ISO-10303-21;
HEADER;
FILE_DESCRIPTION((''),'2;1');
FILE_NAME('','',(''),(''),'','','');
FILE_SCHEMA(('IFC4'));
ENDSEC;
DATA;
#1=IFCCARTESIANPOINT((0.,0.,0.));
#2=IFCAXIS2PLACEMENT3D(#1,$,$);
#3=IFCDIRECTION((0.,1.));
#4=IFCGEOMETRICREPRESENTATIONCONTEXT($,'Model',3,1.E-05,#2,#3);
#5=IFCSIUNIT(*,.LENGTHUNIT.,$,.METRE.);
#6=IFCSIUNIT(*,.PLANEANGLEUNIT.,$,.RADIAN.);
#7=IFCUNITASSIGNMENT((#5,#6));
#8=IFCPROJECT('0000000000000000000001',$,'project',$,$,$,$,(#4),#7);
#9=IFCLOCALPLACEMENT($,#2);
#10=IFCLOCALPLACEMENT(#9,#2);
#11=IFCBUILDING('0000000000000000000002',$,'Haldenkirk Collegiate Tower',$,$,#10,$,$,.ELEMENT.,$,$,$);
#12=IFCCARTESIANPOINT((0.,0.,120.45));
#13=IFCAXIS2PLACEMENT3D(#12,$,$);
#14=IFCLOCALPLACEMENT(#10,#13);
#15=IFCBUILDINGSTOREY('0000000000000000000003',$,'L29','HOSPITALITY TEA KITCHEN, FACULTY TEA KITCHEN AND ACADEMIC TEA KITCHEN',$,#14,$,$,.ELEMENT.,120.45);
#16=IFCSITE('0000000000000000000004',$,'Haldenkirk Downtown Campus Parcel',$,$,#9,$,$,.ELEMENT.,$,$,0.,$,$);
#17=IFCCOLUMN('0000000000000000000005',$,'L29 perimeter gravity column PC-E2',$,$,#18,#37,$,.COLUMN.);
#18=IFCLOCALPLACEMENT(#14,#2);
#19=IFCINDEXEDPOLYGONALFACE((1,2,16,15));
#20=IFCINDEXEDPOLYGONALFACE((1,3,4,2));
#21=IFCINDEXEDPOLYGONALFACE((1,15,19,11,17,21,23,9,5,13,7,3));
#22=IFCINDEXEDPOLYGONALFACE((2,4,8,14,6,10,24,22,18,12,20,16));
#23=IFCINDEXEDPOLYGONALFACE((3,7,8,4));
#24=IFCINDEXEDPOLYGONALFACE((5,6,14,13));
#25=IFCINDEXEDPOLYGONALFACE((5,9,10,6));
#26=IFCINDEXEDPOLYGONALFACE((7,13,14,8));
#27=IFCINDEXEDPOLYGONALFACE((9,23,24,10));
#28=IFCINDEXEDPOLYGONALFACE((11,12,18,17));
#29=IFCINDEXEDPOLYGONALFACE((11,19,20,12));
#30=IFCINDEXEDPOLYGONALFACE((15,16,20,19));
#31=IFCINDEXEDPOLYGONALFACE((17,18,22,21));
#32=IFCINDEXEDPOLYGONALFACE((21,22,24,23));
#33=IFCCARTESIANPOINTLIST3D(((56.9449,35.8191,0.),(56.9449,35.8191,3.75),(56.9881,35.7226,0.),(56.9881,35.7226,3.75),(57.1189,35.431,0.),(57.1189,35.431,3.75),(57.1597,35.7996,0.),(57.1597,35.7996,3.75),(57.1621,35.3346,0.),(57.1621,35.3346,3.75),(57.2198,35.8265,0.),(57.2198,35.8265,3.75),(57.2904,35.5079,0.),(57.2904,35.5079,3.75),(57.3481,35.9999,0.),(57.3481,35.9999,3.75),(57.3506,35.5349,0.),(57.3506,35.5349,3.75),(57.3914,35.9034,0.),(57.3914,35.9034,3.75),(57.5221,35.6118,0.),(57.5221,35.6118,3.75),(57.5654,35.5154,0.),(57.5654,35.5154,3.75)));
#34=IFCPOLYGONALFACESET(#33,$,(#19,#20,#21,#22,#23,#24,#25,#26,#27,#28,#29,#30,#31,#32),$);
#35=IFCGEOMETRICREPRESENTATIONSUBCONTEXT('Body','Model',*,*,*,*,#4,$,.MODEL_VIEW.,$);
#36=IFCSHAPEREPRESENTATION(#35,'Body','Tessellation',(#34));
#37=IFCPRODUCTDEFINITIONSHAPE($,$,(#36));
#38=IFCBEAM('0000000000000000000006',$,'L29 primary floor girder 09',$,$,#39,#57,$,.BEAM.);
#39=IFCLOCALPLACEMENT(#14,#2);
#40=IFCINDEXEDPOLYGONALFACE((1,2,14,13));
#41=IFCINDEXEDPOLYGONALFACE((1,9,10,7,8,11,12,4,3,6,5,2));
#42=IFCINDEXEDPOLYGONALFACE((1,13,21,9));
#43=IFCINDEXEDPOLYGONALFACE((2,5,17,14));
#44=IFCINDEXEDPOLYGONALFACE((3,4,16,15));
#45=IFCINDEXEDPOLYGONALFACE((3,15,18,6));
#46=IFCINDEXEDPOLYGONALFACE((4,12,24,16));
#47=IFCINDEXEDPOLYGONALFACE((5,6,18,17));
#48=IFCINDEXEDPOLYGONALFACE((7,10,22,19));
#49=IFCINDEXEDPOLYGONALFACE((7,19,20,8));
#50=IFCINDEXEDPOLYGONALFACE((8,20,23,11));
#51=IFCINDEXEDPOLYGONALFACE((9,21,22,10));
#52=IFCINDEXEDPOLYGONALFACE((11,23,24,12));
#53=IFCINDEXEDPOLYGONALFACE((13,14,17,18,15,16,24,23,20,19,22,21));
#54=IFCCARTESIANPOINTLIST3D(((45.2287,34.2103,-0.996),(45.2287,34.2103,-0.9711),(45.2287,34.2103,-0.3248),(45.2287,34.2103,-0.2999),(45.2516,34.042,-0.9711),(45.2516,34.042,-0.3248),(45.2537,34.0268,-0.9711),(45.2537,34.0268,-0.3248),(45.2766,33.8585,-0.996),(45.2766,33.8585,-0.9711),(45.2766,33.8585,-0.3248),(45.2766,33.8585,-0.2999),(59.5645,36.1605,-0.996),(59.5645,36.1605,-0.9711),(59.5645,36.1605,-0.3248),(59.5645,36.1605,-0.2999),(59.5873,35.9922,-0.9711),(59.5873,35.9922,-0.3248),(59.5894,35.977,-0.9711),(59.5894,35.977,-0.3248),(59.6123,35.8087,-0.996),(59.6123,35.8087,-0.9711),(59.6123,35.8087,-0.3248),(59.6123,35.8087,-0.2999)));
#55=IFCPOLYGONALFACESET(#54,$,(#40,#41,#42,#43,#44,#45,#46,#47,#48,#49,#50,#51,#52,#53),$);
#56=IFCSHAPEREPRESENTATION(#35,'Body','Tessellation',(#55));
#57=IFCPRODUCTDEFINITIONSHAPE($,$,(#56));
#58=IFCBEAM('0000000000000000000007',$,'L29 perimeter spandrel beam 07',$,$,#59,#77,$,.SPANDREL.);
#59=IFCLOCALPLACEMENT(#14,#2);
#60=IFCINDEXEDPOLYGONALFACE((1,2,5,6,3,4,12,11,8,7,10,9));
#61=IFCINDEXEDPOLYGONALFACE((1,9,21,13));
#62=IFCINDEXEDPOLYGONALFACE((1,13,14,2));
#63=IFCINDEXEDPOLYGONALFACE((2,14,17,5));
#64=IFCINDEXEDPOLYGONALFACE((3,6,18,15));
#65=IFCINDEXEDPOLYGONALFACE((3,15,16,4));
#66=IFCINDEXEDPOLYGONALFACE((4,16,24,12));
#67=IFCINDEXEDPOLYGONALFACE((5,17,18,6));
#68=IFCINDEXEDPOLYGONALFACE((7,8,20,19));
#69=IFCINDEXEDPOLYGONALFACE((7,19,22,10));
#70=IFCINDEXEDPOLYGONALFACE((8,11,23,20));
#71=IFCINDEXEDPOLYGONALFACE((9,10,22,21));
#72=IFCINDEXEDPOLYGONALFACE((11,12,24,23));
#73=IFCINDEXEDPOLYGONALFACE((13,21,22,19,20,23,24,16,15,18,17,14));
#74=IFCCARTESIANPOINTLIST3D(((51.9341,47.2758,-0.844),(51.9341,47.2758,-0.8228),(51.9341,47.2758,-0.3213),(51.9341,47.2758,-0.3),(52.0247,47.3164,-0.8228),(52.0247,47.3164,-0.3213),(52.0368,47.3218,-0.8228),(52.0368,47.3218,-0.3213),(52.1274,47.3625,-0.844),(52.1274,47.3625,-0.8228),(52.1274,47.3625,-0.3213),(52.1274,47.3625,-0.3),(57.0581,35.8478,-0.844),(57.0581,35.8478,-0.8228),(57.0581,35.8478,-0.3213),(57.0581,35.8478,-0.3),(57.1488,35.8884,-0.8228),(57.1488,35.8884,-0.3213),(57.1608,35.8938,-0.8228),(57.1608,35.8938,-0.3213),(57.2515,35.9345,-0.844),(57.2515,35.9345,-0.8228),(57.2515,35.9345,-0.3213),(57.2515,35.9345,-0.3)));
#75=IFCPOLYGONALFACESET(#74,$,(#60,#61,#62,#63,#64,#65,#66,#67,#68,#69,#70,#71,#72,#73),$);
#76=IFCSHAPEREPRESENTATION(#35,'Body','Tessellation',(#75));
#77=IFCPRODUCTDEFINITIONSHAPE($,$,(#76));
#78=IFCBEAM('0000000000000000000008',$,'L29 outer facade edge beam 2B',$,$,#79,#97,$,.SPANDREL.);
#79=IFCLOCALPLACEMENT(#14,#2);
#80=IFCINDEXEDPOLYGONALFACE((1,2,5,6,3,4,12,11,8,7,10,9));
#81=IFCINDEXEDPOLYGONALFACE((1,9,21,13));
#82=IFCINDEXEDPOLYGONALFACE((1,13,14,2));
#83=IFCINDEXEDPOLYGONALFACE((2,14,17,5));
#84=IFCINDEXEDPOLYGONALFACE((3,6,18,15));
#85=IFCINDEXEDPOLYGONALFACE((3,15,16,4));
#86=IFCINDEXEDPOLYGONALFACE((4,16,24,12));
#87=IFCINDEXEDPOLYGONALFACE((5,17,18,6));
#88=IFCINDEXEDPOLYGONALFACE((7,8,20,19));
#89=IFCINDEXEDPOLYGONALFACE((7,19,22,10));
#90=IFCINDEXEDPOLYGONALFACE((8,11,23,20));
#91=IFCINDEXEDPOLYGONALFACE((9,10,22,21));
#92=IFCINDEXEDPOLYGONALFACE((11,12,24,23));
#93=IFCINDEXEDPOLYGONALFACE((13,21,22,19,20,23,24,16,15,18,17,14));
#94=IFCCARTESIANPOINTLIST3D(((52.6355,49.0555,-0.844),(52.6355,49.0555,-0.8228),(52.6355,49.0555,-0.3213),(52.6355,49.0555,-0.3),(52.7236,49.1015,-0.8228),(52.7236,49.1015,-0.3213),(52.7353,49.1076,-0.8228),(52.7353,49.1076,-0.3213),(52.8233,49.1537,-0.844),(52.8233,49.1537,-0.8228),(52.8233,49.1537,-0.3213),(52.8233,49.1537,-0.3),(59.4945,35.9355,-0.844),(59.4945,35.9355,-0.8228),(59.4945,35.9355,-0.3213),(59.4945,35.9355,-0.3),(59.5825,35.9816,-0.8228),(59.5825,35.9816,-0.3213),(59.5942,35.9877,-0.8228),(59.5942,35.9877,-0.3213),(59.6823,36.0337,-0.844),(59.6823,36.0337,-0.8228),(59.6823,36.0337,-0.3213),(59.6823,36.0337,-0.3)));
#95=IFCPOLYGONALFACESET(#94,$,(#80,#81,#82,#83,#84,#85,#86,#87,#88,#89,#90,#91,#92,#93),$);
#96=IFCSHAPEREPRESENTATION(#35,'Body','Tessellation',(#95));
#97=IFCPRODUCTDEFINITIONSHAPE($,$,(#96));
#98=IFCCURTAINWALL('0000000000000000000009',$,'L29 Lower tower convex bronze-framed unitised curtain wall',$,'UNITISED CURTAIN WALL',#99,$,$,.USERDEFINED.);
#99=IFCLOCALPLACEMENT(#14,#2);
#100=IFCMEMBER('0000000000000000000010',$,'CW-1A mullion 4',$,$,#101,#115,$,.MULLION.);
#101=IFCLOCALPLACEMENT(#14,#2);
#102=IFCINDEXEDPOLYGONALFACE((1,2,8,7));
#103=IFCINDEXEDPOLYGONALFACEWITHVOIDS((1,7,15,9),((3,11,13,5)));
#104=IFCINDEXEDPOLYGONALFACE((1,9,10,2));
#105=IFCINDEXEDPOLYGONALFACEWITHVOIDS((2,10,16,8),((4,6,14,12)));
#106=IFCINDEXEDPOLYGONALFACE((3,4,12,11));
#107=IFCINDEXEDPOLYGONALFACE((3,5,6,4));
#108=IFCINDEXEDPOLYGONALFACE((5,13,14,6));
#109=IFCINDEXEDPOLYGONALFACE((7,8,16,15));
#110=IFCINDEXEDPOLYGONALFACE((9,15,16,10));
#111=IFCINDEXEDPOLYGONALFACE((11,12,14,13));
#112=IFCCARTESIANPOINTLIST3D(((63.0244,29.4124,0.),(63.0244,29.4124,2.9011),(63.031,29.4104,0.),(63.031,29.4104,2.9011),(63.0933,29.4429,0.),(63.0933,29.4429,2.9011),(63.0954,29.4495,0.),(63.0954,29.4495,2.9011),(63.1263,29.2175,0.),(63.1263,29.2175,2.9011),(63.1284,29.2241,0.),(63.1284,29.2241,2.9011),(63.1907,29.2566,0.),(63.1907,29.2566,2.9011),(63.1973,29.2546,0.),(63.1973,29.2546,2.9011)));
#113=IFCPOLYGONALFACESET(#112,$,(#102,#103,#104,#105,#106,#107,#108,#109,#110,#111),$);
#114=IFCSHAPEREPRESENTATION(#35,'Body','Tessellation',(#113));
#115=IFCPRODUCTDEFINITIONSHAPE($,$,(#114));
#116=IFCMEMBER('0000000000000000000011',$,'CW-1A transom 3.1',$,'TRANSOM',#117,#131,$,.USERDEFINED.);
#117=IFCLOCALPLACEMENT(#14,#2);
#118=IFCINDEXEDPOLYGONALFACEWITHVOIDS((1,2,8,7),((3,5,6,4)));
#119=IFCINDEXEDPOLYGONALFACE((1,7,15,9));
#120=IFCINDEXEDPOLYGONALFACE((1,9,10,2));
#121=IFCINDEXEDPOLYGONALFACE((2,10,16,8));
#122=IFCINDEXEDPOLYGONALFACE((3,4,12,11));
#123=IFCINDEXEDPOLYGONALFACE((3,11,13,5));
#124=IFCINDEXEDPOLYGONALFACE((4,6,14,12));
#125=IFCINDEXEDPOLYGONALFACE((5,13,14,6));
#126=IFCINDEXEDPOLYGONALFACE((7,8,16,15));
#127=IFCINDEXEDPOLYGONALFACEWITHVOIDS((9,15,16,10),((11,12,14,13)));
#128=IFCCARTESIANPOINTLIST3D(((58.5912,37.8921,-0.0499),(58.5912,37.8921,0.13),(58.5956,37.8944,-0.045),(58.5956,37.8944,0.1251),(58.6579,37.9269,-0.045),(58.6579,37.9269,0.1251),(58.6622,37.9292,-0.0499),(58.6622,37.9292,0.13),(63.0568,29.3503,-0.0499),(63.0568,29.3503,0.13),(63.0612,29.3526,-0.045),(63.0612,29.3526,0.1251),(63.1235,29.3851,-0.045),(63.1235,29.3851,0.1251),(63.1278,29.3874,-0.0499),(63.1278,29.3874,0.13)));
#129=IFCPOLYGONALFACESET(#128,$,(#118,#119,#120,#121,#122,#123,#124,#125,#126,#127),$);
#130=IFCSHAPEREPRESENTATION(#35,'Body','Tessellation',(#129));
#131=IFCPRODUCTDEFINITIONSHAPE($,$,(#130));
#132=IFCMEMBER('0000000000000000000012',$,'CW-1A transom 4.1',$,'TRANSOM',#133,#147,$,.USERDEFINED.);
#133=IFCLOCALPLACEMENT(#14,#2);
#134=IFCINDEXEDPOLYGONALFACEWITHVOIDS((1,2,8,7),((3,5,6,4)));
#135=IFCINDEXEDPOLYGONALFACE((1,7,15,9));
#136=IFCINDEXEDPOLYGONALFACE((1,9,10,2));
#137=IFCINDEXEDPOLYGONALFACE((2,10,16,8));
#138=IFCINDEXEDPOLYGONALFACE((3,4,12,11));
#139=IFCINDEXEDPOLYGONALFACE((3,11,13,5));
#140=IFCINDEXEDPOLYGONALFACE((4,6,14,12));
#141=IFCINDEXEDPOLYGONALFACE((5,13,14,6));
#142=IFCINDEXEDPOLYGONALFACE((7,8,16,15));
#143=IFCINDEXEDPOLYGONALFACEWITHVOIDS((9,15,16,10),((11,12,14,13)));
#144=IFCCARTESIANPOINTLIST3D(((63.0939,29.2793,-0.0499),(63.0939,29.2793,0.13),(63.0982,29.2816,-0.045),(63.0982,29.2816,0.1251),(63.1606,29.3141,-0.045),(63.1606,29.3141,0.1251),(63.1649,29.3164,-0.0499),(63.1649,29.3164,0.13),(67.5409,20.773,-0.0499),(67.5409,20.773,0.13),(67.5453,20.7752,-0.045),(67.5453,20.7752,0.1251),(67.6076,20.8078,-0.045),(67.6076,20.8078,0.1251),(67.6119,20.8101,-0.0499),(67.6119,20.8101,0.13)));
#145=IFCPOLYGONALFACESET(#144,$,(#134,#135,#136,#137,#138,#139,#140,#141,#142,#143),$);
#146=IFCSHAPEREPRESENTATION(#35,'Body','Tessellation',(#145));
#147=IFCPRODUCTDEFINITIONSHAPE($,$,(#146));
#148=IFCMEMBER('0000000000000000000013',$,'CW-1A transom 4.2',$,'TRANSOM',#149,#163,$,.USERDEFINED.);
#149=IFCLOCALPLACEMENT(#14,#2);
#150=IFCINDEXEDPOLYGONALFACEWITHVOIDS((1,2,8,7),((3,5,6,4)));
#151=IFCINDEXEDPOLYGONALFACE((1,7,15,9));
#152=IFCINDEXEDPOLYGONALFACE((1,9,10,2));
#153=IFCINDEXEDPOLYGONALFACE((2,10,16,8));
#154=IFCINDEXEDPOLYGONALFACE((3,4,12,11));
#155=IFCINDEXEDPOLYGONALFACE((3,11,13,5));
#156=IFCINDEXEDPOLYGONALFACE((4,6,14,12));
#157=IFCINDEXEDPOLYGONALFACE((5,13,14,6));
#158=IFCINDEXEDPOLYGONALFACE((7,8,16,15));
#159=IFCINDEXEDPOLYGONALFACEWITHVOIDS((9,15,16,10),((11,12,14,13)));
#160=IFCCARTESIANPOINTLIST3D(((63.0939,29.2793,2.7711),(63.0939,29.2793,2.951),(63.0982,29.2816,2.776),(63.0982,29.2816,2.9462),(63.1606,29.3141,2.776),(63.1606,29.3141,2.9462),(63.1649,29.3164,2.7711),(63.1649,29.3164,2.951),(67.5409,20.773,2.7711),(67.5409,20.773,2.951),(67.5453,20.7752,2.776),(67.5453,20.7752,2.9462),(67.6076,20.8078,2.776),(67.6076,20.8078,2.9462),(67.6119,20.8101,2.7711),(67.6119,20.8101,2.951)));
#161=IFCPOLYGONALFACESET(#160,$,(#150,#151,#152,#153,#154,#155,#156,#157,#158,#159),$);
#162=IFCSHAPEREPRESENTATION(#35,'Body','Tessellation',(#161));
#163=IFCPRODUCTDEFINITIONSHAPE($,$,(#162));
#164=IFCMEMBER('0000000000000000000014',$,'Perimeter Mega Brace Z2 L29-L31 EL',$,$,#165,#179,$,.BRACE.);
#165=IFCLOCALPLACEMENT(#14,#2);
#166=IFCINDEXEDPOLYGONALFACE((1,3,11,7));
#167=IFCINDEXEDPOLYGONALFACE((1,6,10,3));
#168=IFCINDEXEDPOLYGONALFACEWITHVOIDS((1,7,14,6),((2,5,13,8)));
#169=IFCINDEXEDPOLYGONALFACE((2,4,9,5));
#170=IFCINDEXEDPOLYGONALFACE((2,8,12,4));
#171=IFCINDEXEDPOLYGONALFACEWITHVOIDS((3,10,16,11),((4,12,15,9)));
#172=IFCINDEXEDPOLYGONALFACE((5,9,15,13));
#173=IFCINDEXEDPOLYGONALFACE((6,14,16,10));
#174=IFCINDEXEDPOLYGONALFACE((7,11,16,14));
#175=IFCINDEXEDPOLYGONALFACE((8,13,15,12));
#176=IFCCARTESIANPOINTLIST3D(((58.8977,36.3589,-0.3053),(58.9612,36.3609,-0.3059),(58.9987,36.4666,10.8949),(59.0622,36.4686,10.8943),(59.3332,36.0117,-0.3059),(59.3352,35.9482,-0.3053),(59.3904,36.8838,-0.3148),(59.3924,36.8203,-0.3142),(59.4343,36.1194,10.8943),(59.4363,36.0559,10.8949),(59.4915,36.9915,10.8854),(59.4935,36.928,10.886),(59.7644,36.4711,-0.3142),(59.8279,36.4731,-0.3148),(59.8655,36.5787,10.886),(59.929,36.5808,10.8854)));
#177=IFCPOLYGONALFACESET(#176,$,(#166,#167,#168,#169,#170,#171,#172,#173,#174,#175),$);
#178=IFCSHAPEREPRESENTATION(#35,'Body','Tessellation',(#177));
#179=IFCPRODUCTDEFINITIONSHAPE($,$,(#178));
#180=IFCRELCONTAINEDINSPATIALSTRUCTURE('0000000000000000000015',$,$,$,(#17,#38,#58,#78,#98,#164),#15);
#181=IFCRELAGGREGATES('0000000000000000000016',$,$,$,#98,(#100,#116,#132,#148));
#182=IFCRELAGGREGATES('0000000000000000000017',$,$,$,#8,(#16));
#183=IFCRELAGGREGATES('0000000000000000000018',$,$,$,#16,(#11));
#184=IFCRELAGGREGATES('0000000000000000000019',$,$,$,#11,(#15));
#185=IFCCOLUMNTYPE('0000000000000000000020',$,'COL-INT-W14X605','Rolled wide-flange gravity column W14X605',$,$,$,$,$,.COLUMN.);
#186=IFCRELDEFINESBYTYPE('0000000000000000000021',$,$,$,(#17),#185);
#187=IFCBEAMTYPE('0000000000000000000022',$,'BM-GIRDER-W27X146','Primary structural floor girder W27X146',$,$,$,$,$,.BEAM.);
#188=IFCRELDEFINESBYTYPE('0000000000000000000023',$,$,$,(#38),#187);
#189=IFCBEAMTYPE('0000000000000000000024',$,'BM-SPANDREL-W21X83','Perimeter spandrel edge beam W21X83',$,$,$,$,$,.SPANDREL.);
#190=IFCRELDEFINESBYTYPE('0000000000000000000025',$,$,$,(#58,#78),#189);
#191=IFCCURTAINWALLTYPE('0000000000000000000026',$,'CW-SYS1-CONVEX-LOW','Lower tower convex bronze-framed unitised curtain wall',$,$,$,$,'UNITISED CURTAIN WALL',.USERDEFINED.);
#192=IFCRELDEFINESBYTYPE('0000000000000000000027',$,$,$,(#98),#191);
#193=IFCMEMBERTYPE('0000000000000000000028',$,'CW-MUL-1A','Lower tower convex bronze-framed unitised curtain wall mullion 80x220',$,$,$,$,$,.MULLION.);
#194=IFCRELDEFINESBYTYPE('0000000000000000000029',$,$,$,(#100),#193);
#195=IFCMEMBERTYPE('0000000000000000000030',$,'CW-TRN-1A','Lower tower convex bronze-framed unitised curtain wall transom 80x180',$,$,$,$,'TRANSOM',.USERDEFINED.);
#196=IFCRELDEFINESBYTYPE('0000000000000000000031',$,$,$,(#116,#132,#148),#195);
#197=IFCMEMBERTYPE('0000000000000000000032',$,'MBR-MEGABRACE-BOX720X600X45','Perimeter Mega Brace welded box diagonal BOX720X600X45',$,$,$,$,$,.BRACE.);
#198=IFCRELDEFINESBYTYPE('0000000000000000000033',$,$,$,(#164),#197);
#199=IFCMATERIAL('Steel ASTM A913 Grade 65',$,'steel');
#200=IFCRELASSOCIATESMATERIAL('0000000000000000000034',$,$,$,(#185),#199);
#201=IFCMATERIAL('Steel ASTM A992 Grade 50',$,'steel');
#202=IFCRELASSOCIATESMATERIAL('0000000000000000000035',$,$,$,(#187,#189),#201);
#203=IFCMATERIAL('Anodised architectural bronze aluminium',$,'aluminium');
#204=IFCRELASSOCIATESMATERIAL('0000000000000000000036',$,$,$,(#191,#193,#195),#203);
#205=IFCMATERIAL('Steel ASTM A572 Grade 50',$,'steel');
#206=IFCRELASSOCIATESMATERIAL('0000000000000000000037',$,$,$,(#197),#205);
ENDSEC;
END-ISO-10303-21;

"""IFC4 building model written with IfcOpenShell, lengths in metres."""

from ifc_helpers import new_model, si_unit, direction, frame, origin, origin_2d, place, context, subcontext, project, spatial, hollow_rectangle, i_section, extrude, material, material_profile, profile_set, type_object, element, aggregate, save


model = new_model("IFC4")

# Units and contexts
model_context = context("Model", 3, precision=1e-05, world=origin(), true_north=direction((0.0, 1.0)))
body_context = subcontext(model_context, "Body", "Model", "MODEL_VIEW")
ifc_project = project(units=[si_unit("LENGTHUNIT", "METRE"), si_unit("PLANEANGLEUNIT", "RADIAN")], contexts=[model_context])

# Site, building, storey
site_placement = place(None, origin())
site = spatial("IfcSite", under=ifc_project, at=site_placement, Name="Haldenkirk Downtown Campus Parcel", CompositionType="ELEMENT", RefElevation=0.0)
building_placement = place(site_placement, origin())
building = spatial("IfcBuilding", under=site, at=building_placement, Name="Haldenkirk Collegiate Tower", CompositionType="ELEMENT")
storey_placement = place(building_placement, frame((0.0, 0.0, 120.45)))
storey = spatial("IfcBuildingStorey", under=building, at=storey_placement, Name="L29", Description="HOSPITALITY TEA KITCHEN, FACULTY TEA KITCHEN AND ACADEMIC TEA KITCHEN", CompositionType="ELEMENT", Elevation=120.45)

# Column
ifc_material_1 = material(Name="Steel ASTM A913 Grade 65", Category="steel")
ifc_material_profile_1 = material_profile(ifc_material_1, i_section(OverallWidth=0.4419, OverallDepth=0.531, WebThickness=0.0659, FlangeThickness=0.1057, at=origin_2d()), Name="W14X605")
ifc_profile_set_1 = profile_set([ifc_material_profile_1], Name="Steel ASTM A913 Grade 65")
column_type = type_object("IfcColumnType", Name="COL-INT-W14X605", Description="Rolled wide-flange gravity column W14X605", PredefinedType="COLUMN", material=ifc_profile_set_1)
column_placement = place(storey_placement, frame((57.2551, 35.6672, 0.0), z_axis=(0.0, 0.0, 1.0), x_axis=(0.912477, 0.409127, 0.0)))
element("IfcColumn", 1, at=column_placement, inside=storey, type_object=column_type, Name="L29 perimeter gravity column PC-E2", PredefinedType="COLUMN", context=body_context, shape_type="SweptSolid", body=[
    extrude(i_section(OverallWidth=0.4419, OverallDepth=0.531, WebThickness=0.0659, FlangeThickness=0.1057, at=origin_2d()), origin(), (0.0, 0.0, 1.0), 3.75),
])

# Beams
ifc_material_2 = material(Name="Steel ASTM A992 Grade 50", Category="steel")
ifc_material_profile_2 = material_profile(ifc_material_2, i_section(OverallWidth=0.355, OverallDepth=0.696, WebThickness=0.0154, FlangeThickness=0.0249, at=origin_2d()), Name="W27X146")
ifc_profile_set_2 = profile_set([ifc_material_profile_2], Name="Steel ASTM A992 Grade 50")
beam_type_1 = type_object("IfcBeamType", Name="BM-GIRDER-W27X146", Description="Primary structural floor girder W27X146", PredefinedType="BEAM", material=ifc_profile_set_2)
beam_1_placement = place(storey_placement, frame((59.5884, 35.9846, -0.6479), z_axis=(-0.990873, -0.134796, 0.0), x_axis=(0.134796, -0.990873, 0.0)))
element("IfcBeam", 2, at=beam_1_placement, inside=storey, type_object=beam_type_1, Name="L29 primary floor girder 09", PredefinedType="BEAM", context=body_context, shape_type="SweptSolid", body=[
    extrude(i_section(OverallWidth=0.355, OverallDepth=0.696, WebThickness=0.0154, FlangeThickness=0.0249, at=origin_2d()), origin(), (0.0, 0.0, 1.0), 14.4678),
])
ifc_material_profile_3 = material_profile(ifc_material_2, i_section(OverallWidth=0.2119, OverallDepth=0.5439, WebThickness=0.0132, FlangeThickness=0.0212, at=origin_2d()), Name="W21X83")
ifc_profile_set_3 = profile_set([ifc_material_profile_3], Name="Steel ASTM A992 Grade 50")
beam_type_2 = type_object("IfcBeamType", Name="BM-SPANDREL-W21X83", Description="Perimeter spandrel edge beam W21X83", PredefinedType="SPANDREL", material=ifc_profile_set_3)
beam_2_placement = place(storey_placement, frame((57.1548, 35.8911, -0.572), z_axis=(-0.409131, 0.912475, 0.0), x_axis=(-0.912475, -0.409131, 0.0)))
element("IfcBeam", 3, at=beam_2_placement, inside=storey, type_object=beam_type_2, Name="L29 perimeter spandrel beam 07", PredefinedType="SPANDREL", context=body_context, shape_type="SweptSolid", body=[
    extrude(i_section(OverallWidth=0.2119, OverallDepth=0.5439, WebThickness=0.0132, FlangeThickness=0.0212, at=origin_2d()), origin(), (0.0, 0.0, 1.0), 12.5242),
])
beam_3_placement = place(storey_placement, frame((59.5884, 35.9846, -0.572), z_axis=(-0.463295, 0.886204, 0.0), x_axis=(-0.886204, -0.463295, 0.0)))
element("IfcBeam", 4, at=beam_3_placement, inside=storey, type_object=beam_type_2, Name="L29 outer facade edge beam 2B", PredefinedType="SPANDREL", context=body_context, shape_type="SweptSolid", body=[
    extrude(i_section(OverallWidth=0.2119, OverallDepth=0.5439, WebThickness=0.0132, FlangeThickness=0.0212, at=origin_2d()), origin(), (0.0, 0.0, 1.0), 14.8047),
])

# Curtain wall, members
ifc_material_3 = material(Name="Anodised architectural bronze aluminium", Category="aluminium")
curtain_wall_type = type_object("IfcCurtainWallType", Name="CW-SYS1-CONVEX-LOW", Description="Lower tower convex bronze-framed unitised curtain wall", ElementType="UNITISED CURTAIN WALL", PredefinedType="USERDEFINED", material=ifc_material_3)
curtain_wall_placement = place(storey_placement, origin())
curtain_wall = element("IfcCurtainWall", 5, at=curtain_wall_placement, inside=storey, type_object=curtain_wall_type, Name="L29 Lower tower convex bronze-framed unitised curtain wall", ObjectType="UNITISED CURTAIN WALL", PredefinedType="USERDEFINED")
ifc_material_profile_4 = material_profile(ifc_material_3, hollow_rectangle(XDim=0.0801, YDim=0.22, WallThickness=0.0049, at=origin_2d()), Name="CW-MUL-1A")
ifc_profile_set_4 = profile_set([ifc_material_profile_4], Name="Anodised architectural bronze aluminium")
member_type_1 = type_object("IfcMemberType", Name="CW-MUL-1A", Description="Lower tower convex bronze-framed unitised curtain wall mullion 80x220", PredefinedType="MULLION", material=ifc_profile_set_4)
member_1_placement = place(storey_placement, frame((63.1108, 29.3335, 0.0), z_axis=(0.0, 0.0, 1.0), x_axis=(0.886204, 0.463296, 0.0)))
member_1 = element("IfcMember", 6, at=member_1_placement, type_object=member_type_1, Name="CW-1A mullion 4", PredefinedType="MULLION", context=body_context, shape_type="SweptSolid", body=[
    extrude(hollow_rectangle(XDim=0.0801, YDim=0.22, WallThickness=0.0049, at=origin_2d()), origin(), (0.0, 0.0, 1.0), 2.9011),
])
ifc_material_profile_5 = material_profile(ifc_material_3, hollow_rectangle(XDim=0.0801, YDim=0.1799, WallThickness=0.0049, at=origin_2d()), Name="CW-TRN-1A")
ifc_profile_set_5 = profile_set([ifc_material_profile_5], Name="Anodised architectural bronze aluminium")
member_type_2 = type_object("IfcMemberType", Name="CW-TRN-1A", Description="Lower tower convex bronze-framed unitised curtain wall transom 80x180", ElementType="TRANSOM", PredefinedType="USERDEFINED", material=ifc_profile_set_5)
member_2_placement = place(storey_placement, frame((58.6267, 37.9106, 0.04), z_axis=(0.463301, -0.886201, 0.0), x_axis=(0.886201, 0.463301, 0.0)))
member_2 = element("IfcMember", 7, at=member_2_placement, type_object=member_type_2, Name="CW-1A transom 3.1", ObjectType="TRANSOM", PredefinedType="USERDEFINED", context=body_context, shape_type="SweptSolid", body=[
    extrude(hollow_rectangle(XDim=0.0801, YDim=0.1799, WallThickness=0.0049, at=origin_2d()), origin(), (0.0, 0.0, 1.0), 9.6387),
])
member_3_placement = place(storey_placement, frame((63.1294, 29.2979, 0.04), z_axis=(0.463297, -0.886203, 0.0), x_axis=(0.886203, 0.463297, 0.0)))
member_3 = element("IfcMember", 8, at=member_3_placement, type_object=member_type_2, Name="CW-1A transom 4.1", ObjectType="TRANSOM", PredefinedType="USERDEFINED", context=body_context, shape_type="SweptSolid", body=[
    extrude(hollow_rectangle(XDim=0.0801, YDim=0.1799, WallThickness=0.0049, at=origin_2d()), origin(), (0.0, 0.0, 1.0), 9.5986),
])
member_4_placement = place(storey_placement, frame((63.1294, 29.2979, 2.8611), z_axis=(0.463297, -0.886203, 0.0), x_axis=(0.886203, 0.463297, 0.0)))
member_4 = element("IfcMember", 9, at=member_4_placement, type_object=member_type_2, Name="CW-1A transom 4.2", ObjectType="TRANSOM", PredefinedType="USERDEFINED", context=body_context, shape_type="SweptSolid", body=[
    extrude(hollow_rectangle(XDim=0.0801, YDim=0.1799, WallThickness=0.0049, at=origin_2d()), origin(), (0.0, 0.0, 1.0), 9.5986),
])

# Member
ifc_material_4 = material(Name="Steel ASTM A572 Grade 50", Category="steel")
ifc_material_profile_6 = material_profile(ifc_material_4, hollow_rectangle(XDim=0.6001, YDim=0.72, WallThickness=0.0449, at=origin_2d()), Name="BOX720X600X45")
ifc_profile_set_6 = profile_set([ifc_material_profile_6], Name="Steel ASTM A572 Grade 50")
member_type_3 = type_object("IfcMemberType", Name="MBR-MEGABRACE-BOX720X600X45", Description="Perimeter Mega Brace welded box diagonal BOX720X600X45", PredefinedType="BRACE", material=ifc_profile_set_6)
member_5_placement = place(storey_placement, frame((59.3628, 36.416, -0.3101), z_axis=(0.009024, 0.009612, 0.999913), x_axis=(-0.729073, 0.684436, 0.0)))
element("IfcMember", 10, at=member_5_placement, inside=storey, type_object=member_type_3, Name="Perimeter Mega Brace Z2 L29-L31 EL", PredefinedType="BRACE", context=body_context, shape_type="SweptSolid", body=[
    extrude(hollow_rectangle(XDim=0.6001, YDim=0.72, WallThickness=0.0449, at=origin_2d()), origin(), (0.0, 0.0, 1.0), 11.2012),
])

aggregate(curtain_wall, [member_1, member_2, member_3, member_4])

save(model, "model.ifc")
